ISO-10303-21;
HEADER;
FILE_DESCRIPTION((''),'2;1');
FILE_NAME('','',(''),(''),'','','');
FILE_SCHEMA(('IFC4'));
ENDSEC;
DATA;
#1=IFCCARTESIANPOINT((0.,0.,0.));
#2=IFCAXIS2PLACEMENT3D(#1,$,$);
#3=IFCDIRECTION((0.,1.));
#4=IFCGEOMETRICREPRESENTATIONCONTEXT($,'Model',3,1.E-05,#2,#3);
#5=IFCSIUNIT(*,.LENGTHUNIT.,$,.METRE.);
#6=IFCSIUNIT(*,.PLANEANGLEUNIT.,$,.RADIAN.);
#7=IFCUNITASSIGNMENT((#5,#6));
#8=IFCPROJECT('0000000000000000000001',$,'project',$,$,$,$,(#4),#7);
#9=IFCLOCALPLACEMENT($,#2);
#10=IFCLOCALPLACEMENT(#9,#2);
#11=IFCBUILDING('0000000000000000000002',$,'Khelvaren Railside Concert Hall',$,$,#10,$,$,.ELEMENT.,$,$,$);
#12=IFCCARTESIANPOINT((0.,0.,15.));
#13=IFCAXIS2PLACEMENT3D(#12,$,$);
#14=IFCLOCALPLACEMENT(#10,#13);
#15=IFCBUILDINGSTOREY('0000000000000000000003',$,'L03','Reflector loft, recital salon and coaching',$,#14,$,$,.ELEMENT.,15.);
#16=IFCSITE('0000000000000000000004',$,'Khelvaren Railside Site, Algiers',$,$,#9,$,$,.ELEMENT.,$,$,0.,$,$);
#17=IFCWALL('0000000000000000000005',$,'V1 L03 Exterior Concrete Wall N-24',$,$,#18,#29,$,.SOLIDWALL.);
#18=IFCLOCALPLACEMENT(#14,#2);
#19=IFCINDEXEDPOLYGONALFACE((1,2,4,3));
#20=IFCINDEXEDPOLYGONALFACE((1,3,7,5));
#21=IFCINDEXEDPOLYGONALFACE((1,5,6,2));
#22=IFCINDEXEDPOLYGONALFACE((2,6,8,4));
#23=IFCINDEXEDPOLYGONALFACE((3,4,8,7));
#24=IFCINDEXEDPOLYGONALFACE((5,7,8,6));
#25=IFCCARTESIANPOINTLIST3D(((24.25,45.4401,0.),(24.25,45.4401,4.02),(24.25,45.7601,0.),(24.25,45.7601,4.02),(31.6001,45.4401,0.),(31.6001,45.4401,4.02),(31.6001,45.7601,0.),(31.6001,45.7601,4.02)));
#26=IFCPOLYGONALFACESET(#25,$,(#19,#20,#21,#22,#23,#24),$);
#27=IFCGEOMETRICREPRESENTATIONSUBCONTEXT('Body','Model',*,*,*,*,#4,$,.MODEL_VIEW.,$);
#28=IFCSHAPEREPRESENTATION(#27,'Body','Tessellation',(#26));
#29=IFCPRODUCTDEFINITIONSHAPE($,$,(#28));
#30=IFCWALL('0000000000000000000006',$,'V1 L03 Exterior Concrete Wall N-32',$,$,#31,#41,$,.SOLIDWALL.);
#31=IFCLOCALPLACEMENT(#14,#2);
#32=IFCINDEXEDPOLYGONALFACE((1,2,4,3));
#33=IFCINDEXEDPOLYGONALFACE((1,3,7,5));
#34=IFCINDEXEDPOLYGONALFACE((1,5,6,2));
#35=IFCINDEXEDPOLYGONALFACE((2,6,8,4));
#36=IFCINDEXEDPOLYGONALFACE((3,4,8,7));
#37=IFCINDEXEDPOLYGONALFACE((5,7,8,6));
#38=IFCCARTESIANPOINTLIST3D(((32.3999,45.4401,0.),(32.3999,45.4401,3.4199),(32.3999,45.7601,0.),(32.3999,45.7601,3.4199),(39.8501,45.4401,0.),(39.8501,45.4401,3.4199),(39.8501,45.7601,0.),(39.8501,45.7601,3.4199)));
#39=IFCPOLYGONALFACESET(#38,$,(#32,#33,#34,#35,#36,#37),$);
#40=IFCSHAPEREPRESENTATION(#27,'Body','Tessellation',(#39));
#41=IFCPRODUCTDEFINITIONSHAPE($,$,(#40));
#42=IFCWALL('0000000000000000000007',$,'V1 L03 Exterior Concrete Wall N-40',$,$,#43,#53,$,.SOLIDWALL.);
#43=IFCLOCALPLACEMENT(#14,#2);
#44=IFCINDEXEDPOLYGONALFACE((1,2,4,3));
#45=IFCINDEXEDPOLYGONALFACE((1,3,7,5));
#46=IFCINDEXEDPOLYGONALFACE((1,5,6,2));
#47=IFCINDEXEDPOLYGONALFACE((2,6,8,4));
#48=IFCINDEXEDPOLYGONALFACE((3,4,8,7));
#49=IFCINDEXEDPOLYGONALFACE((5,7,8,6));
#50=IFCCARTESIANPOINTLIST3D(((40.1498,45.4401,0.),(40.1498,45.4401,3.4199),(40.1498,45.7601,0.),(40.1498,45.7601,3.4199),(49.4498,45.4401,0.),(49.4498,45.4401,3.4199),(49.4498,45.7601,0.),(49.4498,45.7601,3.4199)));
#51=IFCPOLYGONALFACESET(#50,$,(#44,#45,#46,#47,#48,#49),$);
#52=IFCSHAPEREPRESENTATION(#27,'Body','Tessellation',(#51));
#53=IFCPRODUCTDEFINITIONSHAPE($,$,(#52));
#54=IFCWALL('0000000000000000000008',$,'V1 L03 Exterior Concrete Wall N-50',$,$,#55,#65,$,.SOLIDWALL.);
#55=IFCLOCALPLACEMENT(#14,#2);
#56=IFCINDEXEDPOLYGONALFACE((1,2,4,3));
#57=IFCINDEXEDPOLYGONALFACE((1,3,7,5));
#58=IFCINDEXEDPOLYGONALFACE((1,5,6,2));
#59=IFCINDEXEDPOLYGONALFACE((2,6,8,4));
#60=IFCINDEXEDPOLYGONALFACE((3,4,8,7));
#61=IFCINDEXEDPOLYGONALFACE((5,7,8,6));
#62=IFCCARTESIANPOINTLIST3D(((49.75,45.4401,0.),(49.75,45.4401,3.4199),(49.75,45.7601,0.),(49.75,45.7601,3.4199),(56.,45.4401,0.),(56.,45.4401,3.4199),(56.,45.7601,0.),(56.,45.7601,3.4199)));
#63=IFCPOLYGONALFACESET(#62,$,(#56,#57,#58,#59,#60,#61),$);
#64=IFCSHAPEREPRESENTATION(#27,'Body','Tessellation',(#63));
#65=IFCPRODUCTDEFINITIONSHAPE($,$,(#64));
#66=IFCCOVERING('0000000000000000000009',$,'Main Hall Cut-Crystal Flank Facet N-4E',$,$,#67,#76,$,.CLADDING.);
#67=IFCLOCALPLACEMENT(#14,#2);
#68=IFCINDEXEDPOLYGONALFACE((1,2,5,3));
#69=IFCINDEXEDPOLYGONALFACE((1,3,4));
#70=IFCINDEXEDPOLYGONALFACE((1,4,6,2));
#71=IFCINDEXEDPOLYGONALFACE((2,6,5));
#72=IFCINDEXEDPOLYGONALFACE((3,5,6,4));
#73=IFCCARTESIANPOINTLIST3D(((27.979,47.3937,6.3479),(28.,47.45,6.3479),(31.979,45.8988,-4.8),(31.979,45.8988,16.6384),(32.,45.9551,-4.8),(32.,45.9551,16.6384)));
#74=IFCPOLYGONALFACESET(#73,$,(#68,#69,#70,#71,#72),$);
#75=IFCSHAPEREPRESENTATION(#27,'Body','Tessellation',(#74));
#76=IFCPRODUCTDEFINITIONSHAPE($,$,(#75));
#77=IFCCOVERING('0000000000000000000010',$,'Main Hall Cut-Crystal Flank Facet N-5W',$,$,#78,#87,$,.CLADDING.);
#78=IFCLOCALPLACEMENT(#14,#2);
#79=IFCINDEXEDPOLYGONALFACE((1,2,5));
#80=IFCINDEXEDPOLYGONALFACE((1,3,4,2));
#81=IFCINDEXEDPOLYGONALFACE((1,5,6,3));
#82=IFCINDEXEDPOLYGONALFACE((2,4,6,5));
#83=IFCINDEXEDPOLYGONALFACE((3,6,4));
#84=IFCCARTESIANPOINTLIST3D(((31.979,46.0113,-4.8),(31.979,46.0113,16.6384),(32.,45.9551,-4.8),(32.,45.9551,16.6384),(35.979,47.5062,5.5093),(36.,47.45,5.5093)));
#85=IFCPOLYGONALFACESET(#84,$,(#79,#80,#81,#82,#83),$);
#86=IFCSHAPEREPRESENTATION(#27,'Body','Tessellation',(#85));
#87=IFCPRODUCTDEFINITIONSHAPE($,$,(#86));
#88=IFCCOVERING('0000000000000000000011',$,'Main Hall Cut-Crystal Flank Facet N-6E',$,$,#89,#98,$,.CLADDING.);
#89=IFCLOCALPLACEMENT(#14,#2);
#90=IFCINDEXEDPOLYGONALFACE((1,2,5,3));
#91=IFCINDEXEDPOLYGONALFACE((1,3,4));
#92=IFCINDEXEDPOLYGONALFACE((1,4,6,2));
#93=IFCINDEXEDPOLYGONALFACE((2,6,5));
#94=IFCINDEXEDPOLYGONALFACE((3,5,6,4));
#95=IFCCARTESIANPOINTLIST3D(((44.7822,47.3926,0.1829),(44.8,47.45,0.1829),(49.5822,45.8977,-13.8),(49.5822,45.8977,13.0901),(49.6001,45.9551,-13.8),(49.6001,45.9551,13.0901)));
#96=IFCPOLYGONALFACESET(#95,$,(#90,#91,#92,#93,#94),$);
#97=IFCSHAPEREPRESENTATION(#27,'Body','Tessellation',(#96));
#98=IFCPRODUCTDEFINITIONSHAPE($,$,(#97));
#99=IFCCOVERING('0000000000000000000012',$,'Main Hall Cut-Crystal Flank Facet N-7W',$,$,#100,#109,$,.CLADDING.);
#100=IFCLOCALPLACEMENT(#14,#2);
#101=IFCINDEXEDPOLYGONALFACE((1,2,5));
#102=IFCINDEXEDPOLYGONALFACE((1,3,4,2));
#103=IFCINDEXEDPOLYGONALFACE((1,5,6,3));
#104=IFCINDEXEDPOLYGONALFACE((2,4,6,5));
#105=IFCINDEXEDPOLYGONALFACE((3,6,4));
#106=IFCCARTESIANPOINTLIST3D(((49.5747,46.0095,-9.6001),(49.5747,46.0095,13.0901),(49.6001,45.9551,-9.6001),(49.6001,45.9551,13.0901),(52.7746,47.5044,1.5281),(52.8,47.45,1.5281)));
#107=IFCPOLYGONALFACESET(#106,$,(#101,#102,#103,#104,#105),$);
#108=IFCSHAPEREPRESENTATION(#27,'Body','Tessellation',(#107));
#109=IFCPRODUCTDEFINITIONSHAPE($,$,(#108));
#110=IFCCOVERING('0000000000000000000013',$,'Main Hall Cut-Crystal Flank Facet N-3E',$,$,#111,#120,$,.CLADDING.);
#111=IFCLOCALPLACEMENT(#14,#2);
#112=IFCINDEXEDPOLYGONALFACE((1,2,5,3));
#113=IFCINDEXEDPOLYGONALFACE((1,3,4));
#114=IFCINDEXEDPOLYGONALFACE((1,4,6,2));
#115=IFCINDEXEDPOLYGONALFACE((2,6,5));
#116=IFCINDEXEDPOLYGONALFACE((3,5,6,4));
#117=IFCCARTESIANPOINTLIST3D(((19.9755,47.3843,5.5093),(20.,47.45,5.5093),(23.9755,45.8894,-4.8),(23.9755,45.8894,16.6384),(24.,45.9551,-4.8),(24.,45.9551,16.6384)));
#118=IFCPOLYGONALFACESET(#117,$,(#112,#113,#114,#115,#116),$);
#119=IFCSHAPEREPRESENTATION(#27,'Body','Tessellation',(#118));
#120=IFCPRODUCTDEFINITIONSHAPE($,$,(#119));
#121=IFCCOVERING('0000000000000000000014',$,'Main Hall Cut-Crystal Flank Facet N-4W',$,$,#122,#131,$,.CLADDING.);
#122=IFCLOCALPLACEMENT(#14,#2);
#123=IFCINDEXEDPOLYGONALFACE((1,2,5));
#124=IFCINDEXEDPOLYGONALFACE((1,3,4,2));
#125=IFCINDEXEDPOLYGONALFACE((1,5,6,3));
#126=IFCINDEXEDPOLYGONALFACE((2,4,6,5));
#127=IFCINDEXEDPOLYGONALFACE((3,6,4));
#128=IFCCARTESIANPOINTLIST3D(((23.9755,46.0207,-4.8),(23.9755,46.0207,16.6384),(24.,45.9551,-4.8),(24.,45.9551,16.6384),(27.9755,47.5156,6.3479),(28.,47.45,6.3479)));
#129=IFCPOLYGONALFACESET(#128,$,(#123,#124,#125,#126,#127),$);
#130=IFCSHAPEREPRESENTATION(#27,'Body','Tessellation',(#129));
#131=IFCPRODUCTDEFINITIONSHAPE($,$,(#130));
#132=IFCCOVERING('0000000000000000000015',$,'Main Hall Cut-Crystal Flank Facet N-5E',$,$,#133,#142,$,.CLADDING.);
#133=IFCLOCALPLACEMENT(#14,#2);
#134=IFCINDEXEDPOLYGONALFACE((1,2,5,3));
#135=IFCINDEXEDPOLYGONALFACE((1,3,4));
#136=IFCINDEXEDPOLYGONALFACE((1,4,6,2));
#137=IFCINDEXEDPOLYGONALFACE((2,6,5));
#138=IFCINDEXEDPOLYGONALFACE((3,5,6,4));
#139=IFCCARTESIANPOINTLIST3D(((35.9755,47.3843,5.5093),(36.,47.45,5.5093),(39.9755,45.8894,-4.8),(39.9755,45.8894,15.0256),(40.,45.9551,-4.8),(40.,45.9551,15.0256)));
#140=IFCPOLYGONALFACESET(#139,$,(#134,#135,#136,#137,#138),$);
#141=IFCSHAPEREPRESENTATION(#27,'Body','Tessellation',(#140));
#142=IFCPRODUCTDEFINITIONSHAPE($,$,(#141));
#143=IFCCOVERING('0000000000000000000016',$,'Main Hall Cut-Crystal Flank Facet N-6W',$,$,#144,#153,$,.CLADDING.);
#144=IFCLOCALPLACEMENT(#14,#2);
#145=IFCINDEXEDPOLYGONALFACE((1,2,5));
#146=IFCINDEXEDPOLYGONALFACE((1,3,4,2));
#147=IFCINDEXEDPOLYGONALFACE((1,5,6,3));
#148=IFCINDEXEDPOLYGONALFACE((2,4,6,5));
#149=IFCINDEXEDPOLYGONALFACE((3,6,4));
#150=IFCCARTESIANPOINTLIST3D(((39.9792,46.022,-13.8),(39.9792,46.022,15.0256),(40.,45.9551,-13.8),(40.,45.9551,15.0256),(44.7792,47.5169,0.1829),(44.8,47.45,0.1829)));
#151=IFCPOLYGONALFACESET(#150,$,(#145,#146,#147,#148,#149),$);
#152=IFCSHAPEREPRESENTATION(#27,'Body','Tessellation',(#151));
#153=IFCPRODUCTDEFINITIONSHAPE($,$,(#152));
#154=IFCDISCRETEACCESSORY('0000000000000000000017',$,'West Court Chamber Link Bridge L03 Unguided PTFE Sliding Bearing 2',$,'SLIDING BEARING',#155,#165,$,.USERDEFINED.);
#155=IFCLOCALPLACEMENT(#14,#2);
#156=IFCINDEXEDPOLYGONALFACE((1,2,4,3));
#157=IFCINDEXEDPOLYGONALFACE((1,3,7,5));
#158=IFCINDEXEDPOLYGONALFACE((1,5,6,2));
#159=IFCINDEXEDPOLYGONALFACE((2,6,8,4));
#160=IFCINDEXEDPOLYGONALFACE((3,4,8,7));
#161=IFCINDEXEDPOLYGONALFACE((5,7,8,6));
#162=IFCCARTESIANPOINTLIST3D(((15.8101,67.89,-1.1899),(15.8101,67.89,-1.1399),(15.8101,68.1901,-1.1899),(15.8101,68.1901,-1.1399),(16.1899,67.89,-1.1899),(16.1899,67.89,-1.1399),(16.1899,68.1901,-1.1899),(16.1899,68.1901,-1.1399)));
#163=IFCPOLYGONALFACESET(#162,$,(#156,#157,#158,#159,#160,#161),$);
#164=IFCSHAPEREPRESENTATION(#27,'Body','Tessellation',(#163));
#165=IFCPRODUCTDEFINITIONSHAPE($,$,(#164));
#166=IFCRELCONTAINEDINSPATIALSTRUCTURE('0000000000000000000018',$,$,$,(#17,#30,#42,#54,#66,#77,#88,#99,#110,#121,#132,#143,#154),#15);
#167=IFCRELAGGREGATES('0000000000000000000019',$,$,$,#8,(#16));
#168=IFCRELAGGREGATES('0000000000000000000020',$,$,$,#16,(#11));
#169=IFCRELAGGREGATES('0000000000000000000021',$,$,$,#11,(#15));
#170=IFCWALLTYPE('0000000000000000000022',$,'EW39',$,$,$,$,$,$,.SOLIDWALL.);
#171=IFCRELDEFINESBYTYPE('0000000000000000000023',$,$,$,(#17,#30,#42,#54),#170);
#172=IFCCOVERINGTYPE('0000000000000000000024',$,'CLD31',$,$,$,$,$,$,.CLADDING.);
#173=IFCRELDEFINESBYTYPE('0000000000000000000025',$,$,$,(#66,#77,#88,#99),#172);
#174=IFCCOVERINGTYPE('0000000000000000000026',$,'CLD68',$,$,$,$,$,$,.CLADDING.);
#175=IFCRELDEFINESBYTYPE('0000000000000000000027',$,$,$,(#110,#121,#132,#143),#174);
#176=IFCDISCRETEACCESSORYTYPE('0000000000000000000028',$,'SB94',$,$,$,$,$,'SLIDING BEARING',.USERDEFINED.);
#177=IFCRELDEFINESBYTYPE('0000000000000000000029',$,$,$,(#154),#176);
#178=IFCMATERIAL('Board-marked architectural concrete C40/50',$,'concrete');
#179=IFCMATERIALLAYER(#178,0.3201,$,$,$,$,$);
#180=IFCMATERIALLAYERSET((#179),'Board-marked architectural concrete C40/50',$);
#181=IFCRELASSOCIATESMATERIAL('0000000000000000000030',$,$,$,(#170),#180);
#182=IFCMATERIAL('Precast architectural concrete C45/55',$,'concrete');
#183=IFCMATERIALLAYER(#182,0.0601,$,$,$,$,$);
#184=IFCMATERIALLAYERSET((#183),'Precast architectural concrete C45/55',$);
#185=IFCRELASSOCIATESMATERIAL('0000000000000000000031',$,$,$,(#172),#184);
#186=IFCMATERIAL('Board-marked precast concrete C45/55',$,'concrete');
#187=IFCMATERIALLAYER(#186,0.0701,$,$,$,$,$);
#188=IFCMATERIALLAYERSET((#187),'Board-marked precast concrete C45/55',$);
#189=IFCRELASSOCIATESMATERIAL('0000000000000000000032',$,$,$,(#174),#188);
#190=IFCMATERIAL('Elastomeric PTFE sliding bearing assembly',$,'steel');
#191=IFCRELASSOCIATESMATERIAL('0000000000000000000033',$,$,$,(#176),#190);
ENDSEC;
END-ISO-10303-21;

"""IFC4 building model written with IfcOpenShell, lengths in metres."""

from ifc_helpers import new_model, si_unit, direction, frame, frame_2d, origin, origin_2d, place, context, subcontext, project, spatial, polyline, rectangle, outline, extrude, material, layer, layer_set, type_object, element, save


model = new_model("IFC4")

# Units and contexts
model_context = context("Model", 3, precision=1e-05, world=origin(), true_north=direction((0.0, 1.0)))
body_context = subcontext(model_context, "Body", "Model", "MODEL_VIEW")
ifc_project = project(units=[si_unit("LENGTHUNIT", "METRE"), si_unit("PLANEANGLEUNIT", "RADIAN")], contexts=[model_context])

# Site, building, storey
site_placement = place(None, origin())
site = spatial("IfcSite", under=ifc_project, at=site_placement, Name="Khelvaren Railside Site, Algiers", CompositionType="ELEMENT", RefElevation=0.0)
building_placement = place(site_placement, origin())
building = spatial("IfcBuilding", under=site, at=building_placement, Name="Khelvaren Railside Concert Hall", CompositionType="ELEMENT")
storey_placement = place(building_placement, frame((0.0, 0.0, 15.0)))
storey = spatial("IfcBuildingStorey", under=building, at=storey_placement, Name="L03", Description="Reflector loft, recital salon and coaching", CompositionType="ELEMENT", Elevation=15.0)

# Walls
ifc_material_1 = material(Name="Board-marked architectural concrete C40/50", Category="concrete")
ifc_layer_1 = layer(ifc_material_1, 0.3201)
ifc_layer_set_1 = layer_set([ifc_layer_1], Name="Board-marked architectural concrete C40/50")
wall_type = type_object("IfcWallType", Name="EW39", PredefinedType="SOLIDWALL", material=ifc_layer_set_1)
wall_1_placement = place(storey_placement, frame((24.25, 45.6001, 0.0), z_axis=(0.0, 0.0, 1.0), x_axis=(1.0, 0.0, 0.0)))
element("IfcWall", 1, at=wall_1_placement, inside=storey, type_object=wall_type, Name="V1 L03 Exterior Concrete Wall N-24", PredefinedType="SOLIDWALL", context=body_context, shape_type="SweptSolid", body=[
    extrude(rectangle(XDim=7.3501, YDim=0.3201, at=frame_2d((3.675, 0.0))), origin(), (0.0, 0.0, 1.0), 4.02),
])
wall_2_placement = place(storey_placement, frame((32.3999, 45.6001, 0.0), z_axis=(0.0, 0.0, 1.0), x_axis=(1.0, 0.0, 0.0)))
element("IfcWall", 2, at=wall_2_placement, inside=storey, type_object=wall_type, Name="V1 L03 Exterior Concrete Wall N-32", PredefinedType="SOLIDWALL", context=body_context, shape_type="SweptSolid", body=[
    extrude(rectangle(XDim=7.4502, YDim=0.3201, at=frame_2d((3.7251, 0.0))), origin(), (0.0, 0.0, 1.0), 3.4199),
])
wall_3_placement = place(storey_placement, frame((40.1499, 45.6001, 0.0), z_axis=(0.0, 0.0, 1.0), x_axis=(1.0, 0.0, 0.0)))
element("IfcWall", 3, at=wall_3_placement, inside=storey, type_object=wall_type, Name="V1 L03 Exterior Concrete Wall N-40", PredefinedType="SOLIDWALL", context=body_context, shape_type="SweptSolid", body=[
    extrude(rectangle(XDim=9.3, YDim=0.3201, at=frame_2d((4.6499, 0.0))), origin(), (0.0, 0.0, 1.0), 3.4199),
])
wall_4_placement = place(storey_placement, frame((49.75, 45.6001, 0.0), z_axis=(0.0, 0.0, 1.0), x_axis=(1.0, 0.0, 0.0)))
element("IfcWall", 4, at=wall_4_placement, inside=storey, type_object=wall_type, Name="V1 L03 Exterior Concrete Wall N-50", PredefinedType="SOLIDWALL", context=body_context, shape_type="SweptSolid", body=[
    extrude(rectangle(XDim=6.25, YDim=0.3201, at=frame_2d((3.125, 0.0))), origin(), (0.0, 0.0, 1.0), 3.4199),
])

# Coverings
ifc_material_2 = material(Name="Precast architectural concrete C45/55", Category="concrete")
ifc_layer_2 = layer(ifc_material_2, 0.0601)
ifc_layer_set_2 = layer_set([ifc_layer_2], Name="Precast architectural concrete C45/55")
covering_type_1 = type_object("IfcCoveringType", Name="CLD31", PredefinedType="CLADDING", material=ifc_layer_set_2)
covering_1_placement = place(storey_placement, frame((32.0, 45.9551, 16.6384), z_axis=(0.350071, 0.936723, 0.0), x_axis=(0.0, 0.0, -1.0)))
element("IfcCovering", 5, at=covering_1_placement, inside=storey, type_object=covering_type_1, Name="Main Hall Cut-Crystal Flank Facet N-4E", PredefinedType="CLADDING", context=body_context, shape_type="SweptSolid", body=[
    extrude(outline(polyline([(0.0, 0.0), (21.4385, 0.0), (10.2905, 4.2702), (0.0, 0.0)])), origin(), (0.0, 0.0, -1.0), 0.0601),
])
covering_2_placement = place(storey_placement, frame((32.0, 45.9551, 16.6384), z_axis=(0.350071, -0.936723, 0.0), x_axis=(0.0, 0.0, -1.0)))
element("IfcCovering", 6, at=covering_2_placement, inside=storey, type_object=covering_type_1, Name="Main Hall Cut-Crystal Flank Facet N-5W", PredefinedType="CLADDING", context=body_context, shape_type="SweptSolid", body=[
    extrude(outline(polyline([(0.0, 0.0), (21.4385, 0.0), (11.1292, 4.2702), (0.0, 0.0)])), origin(), (0.0, 0.0, -1.0), 0.0601),
])
covering_3_placement = place(storey_placement, frame((49.6001, 45.9551, 13.0901), z_axis=(0.297343, 0.954771, 0.0), x_axis=(0.0, 0.0, -1.0)))
element("IfcCovering", 7, at=covering_3_placement, inside=storey, type_object=covering_type_1, Name="Main Hall Cut-Crystal Flank Facet N-6E", PredefinedType="CLADDING", context=body_context, shape_type="SweptSolid", body=[
    extrude(outline(polyline([(0.0, 0.0), (26.8901, 0.0), (12.9072, 5.0274), (0.0, 0.0)])), origin(), (0.0, 0.0, -1.0), 0.0601),
])
covering_4_placement = place(storey_placement, frame((49.6001, 45.9551, 13.0901), z_axis=(0.423249, -0.906014, 0.0), x_axis=(0.0, 0.0, -1.0)))
element("IfcCovering", 8, at=covering_4_placement, inside=storey, type_object=covering_type_1, Name="Main Hall Cut-Crystal Flank Facet N-7W", PredefinedType="CLADDING", context=body_context, shape_type="SweptSolid", body=[
    extrude(outline(polyline([(0.0, 0.0), (22.6902, 0.0), (11.562, 3.5319), (0.0, 0.0)])), origin(), (0.0, 0.0, -1.0), 0.0601),
])
ifc_material_3 = material(Name="Board-marked precast concrete C45/55", Category="concrete")
ifc_layer_3 = layer(ifc_material_3, 0.0701)
ifc_layer_set_3 = layer_set([ifc_layer_3], Name="Board-marked precast concrete C45/55")
covering_type_2 = type_object("IfcCoveringType", Name="CLD68", PredefinedType="CLADDING", material=ifc_layer_set_3)
covering_5_placement = place(storey_placement, frame((24.0, 45.9551, 16.6384), z_axis=(0.350071, 0.936723, 0.0), x_axis=(0.0, 0.0, -1.0)))
element("IfcCovering", 9, at=covering_5_placement, inside=storey, type_object=covering_type_2, Name="Main Hall Cut-Crystal Flank Facet N-3E", PredefinedType="CLADDING", context=body_context, shape_type="SweptSolid", body=[
    extrude(outline(polyline([(0.0, 0.0), (21.4385, 0.0), (11.1292, 4.2702), (0.0, 0.0)])), origin(), (0.0, 0.0, -1.0), 0.0701),
])
covering_6_placement = place(storey_placement, frame((24.0, 45.9551, 16.6384), z_axis=(0.350071, -0.936723, 0.0), x_axis=(0.0, 0.0, -1.0)))
element("IfcCovering", 10, at=covering_6_placement, inside=storey, type_object=covering_type_2, Name="Main Hall Cut-Crystal Flank Facet N-4W", PredefinedType="CLADDING", context=body_context, shape_type="SweptSolid", body=[
    extrude(outline(polyline([(0.0, 0.0), (21.4385, 0.0), (10.2905, 4.2702), (0.0, 0.0)])), origin(), (0.0, 0.0, -1.0), 0.0701),
])
covering_7_placement = place(storey_placement, frame((40.0, 45.9551, 15.0256), z_axis=(0.350071, 0.936723, 0.0), x_axis=(0.0, 0.0, -1.0)))
element("IfcCovering", 11, at=covering_7_placement, inside=storey, type_object=covering_type_2, Name="Main Hall Cut-Crystal Flank Facet N-5E", PredefinedType="CLADDING", context=body_context, shape_type="SweptSolid", body=[
    extrude(outline(polyline([(0.0, 0.0), (19.8257, 0.0), (9.5164, 4.2702), (0.0, 0.0)])), origin(), (0.0, 0.0, -1.0), 0.0701),
])
covering_8_placement = place(storey_placement, frame((40.0, 45.9551, 15.0256), z_axis=(0.297343, -0.954771, 0.0), x_axis=(0.0, 0.0, -1.0)))
element("IfcCovering", 12, at=covering_8_placement, inside=storey, type_object=covering_type_2, Name="Main Hall Cut-Crystal Flank Facet N-6W", PredefinedType="CLADDING", context=body_context, shape_type="SweptSolid", body=[
    extrude(outline(polyline([(0.0, 0.0), (28.8257, 0.0), (14.8428, 5.0274), (0.0, 0.0)])), origin(), (0.0, 0.0, -1.0), 0.0701),
])

# Discrete accessory
ifc_material_4 = material(Name="Elastomeric PTFE sliding bearing assembly", Category="steel")
discrete_accessory_type = type_object("IfcDiscreteAccessoryType", Name="SB94", ElementType="SLIDING BEARING", PredefinedType="USERDEFINED", material=ifc_material_4)
discrete_accessory_placement = place(storey_placement, frame((16.0, 68.04, -1.1899), z_axis=(0.0, 0.0, 1.0), x_axis=(0.0, 1.0, 0.0)))
element("IfcDiscreteAccessory", 13, at=discrete_accessory_placement, inside=storey, type_object=discrete_accessory_type, Name="West Court Chamber Link Bridge L03 Unguided PTFE Sliding Bearing 2", ObjectType="SLIDING BEARING", PredefinedType="USERDEFINED", context=body_context, shape_type="SweptSolid", body=[
    extrude(rectangle(XDim=0.3, YDim=0.3799, at=origin_2d()), origin(), (0.0, 0.0, 1.0), 0.05),
])

save(model, "model.ifc")
